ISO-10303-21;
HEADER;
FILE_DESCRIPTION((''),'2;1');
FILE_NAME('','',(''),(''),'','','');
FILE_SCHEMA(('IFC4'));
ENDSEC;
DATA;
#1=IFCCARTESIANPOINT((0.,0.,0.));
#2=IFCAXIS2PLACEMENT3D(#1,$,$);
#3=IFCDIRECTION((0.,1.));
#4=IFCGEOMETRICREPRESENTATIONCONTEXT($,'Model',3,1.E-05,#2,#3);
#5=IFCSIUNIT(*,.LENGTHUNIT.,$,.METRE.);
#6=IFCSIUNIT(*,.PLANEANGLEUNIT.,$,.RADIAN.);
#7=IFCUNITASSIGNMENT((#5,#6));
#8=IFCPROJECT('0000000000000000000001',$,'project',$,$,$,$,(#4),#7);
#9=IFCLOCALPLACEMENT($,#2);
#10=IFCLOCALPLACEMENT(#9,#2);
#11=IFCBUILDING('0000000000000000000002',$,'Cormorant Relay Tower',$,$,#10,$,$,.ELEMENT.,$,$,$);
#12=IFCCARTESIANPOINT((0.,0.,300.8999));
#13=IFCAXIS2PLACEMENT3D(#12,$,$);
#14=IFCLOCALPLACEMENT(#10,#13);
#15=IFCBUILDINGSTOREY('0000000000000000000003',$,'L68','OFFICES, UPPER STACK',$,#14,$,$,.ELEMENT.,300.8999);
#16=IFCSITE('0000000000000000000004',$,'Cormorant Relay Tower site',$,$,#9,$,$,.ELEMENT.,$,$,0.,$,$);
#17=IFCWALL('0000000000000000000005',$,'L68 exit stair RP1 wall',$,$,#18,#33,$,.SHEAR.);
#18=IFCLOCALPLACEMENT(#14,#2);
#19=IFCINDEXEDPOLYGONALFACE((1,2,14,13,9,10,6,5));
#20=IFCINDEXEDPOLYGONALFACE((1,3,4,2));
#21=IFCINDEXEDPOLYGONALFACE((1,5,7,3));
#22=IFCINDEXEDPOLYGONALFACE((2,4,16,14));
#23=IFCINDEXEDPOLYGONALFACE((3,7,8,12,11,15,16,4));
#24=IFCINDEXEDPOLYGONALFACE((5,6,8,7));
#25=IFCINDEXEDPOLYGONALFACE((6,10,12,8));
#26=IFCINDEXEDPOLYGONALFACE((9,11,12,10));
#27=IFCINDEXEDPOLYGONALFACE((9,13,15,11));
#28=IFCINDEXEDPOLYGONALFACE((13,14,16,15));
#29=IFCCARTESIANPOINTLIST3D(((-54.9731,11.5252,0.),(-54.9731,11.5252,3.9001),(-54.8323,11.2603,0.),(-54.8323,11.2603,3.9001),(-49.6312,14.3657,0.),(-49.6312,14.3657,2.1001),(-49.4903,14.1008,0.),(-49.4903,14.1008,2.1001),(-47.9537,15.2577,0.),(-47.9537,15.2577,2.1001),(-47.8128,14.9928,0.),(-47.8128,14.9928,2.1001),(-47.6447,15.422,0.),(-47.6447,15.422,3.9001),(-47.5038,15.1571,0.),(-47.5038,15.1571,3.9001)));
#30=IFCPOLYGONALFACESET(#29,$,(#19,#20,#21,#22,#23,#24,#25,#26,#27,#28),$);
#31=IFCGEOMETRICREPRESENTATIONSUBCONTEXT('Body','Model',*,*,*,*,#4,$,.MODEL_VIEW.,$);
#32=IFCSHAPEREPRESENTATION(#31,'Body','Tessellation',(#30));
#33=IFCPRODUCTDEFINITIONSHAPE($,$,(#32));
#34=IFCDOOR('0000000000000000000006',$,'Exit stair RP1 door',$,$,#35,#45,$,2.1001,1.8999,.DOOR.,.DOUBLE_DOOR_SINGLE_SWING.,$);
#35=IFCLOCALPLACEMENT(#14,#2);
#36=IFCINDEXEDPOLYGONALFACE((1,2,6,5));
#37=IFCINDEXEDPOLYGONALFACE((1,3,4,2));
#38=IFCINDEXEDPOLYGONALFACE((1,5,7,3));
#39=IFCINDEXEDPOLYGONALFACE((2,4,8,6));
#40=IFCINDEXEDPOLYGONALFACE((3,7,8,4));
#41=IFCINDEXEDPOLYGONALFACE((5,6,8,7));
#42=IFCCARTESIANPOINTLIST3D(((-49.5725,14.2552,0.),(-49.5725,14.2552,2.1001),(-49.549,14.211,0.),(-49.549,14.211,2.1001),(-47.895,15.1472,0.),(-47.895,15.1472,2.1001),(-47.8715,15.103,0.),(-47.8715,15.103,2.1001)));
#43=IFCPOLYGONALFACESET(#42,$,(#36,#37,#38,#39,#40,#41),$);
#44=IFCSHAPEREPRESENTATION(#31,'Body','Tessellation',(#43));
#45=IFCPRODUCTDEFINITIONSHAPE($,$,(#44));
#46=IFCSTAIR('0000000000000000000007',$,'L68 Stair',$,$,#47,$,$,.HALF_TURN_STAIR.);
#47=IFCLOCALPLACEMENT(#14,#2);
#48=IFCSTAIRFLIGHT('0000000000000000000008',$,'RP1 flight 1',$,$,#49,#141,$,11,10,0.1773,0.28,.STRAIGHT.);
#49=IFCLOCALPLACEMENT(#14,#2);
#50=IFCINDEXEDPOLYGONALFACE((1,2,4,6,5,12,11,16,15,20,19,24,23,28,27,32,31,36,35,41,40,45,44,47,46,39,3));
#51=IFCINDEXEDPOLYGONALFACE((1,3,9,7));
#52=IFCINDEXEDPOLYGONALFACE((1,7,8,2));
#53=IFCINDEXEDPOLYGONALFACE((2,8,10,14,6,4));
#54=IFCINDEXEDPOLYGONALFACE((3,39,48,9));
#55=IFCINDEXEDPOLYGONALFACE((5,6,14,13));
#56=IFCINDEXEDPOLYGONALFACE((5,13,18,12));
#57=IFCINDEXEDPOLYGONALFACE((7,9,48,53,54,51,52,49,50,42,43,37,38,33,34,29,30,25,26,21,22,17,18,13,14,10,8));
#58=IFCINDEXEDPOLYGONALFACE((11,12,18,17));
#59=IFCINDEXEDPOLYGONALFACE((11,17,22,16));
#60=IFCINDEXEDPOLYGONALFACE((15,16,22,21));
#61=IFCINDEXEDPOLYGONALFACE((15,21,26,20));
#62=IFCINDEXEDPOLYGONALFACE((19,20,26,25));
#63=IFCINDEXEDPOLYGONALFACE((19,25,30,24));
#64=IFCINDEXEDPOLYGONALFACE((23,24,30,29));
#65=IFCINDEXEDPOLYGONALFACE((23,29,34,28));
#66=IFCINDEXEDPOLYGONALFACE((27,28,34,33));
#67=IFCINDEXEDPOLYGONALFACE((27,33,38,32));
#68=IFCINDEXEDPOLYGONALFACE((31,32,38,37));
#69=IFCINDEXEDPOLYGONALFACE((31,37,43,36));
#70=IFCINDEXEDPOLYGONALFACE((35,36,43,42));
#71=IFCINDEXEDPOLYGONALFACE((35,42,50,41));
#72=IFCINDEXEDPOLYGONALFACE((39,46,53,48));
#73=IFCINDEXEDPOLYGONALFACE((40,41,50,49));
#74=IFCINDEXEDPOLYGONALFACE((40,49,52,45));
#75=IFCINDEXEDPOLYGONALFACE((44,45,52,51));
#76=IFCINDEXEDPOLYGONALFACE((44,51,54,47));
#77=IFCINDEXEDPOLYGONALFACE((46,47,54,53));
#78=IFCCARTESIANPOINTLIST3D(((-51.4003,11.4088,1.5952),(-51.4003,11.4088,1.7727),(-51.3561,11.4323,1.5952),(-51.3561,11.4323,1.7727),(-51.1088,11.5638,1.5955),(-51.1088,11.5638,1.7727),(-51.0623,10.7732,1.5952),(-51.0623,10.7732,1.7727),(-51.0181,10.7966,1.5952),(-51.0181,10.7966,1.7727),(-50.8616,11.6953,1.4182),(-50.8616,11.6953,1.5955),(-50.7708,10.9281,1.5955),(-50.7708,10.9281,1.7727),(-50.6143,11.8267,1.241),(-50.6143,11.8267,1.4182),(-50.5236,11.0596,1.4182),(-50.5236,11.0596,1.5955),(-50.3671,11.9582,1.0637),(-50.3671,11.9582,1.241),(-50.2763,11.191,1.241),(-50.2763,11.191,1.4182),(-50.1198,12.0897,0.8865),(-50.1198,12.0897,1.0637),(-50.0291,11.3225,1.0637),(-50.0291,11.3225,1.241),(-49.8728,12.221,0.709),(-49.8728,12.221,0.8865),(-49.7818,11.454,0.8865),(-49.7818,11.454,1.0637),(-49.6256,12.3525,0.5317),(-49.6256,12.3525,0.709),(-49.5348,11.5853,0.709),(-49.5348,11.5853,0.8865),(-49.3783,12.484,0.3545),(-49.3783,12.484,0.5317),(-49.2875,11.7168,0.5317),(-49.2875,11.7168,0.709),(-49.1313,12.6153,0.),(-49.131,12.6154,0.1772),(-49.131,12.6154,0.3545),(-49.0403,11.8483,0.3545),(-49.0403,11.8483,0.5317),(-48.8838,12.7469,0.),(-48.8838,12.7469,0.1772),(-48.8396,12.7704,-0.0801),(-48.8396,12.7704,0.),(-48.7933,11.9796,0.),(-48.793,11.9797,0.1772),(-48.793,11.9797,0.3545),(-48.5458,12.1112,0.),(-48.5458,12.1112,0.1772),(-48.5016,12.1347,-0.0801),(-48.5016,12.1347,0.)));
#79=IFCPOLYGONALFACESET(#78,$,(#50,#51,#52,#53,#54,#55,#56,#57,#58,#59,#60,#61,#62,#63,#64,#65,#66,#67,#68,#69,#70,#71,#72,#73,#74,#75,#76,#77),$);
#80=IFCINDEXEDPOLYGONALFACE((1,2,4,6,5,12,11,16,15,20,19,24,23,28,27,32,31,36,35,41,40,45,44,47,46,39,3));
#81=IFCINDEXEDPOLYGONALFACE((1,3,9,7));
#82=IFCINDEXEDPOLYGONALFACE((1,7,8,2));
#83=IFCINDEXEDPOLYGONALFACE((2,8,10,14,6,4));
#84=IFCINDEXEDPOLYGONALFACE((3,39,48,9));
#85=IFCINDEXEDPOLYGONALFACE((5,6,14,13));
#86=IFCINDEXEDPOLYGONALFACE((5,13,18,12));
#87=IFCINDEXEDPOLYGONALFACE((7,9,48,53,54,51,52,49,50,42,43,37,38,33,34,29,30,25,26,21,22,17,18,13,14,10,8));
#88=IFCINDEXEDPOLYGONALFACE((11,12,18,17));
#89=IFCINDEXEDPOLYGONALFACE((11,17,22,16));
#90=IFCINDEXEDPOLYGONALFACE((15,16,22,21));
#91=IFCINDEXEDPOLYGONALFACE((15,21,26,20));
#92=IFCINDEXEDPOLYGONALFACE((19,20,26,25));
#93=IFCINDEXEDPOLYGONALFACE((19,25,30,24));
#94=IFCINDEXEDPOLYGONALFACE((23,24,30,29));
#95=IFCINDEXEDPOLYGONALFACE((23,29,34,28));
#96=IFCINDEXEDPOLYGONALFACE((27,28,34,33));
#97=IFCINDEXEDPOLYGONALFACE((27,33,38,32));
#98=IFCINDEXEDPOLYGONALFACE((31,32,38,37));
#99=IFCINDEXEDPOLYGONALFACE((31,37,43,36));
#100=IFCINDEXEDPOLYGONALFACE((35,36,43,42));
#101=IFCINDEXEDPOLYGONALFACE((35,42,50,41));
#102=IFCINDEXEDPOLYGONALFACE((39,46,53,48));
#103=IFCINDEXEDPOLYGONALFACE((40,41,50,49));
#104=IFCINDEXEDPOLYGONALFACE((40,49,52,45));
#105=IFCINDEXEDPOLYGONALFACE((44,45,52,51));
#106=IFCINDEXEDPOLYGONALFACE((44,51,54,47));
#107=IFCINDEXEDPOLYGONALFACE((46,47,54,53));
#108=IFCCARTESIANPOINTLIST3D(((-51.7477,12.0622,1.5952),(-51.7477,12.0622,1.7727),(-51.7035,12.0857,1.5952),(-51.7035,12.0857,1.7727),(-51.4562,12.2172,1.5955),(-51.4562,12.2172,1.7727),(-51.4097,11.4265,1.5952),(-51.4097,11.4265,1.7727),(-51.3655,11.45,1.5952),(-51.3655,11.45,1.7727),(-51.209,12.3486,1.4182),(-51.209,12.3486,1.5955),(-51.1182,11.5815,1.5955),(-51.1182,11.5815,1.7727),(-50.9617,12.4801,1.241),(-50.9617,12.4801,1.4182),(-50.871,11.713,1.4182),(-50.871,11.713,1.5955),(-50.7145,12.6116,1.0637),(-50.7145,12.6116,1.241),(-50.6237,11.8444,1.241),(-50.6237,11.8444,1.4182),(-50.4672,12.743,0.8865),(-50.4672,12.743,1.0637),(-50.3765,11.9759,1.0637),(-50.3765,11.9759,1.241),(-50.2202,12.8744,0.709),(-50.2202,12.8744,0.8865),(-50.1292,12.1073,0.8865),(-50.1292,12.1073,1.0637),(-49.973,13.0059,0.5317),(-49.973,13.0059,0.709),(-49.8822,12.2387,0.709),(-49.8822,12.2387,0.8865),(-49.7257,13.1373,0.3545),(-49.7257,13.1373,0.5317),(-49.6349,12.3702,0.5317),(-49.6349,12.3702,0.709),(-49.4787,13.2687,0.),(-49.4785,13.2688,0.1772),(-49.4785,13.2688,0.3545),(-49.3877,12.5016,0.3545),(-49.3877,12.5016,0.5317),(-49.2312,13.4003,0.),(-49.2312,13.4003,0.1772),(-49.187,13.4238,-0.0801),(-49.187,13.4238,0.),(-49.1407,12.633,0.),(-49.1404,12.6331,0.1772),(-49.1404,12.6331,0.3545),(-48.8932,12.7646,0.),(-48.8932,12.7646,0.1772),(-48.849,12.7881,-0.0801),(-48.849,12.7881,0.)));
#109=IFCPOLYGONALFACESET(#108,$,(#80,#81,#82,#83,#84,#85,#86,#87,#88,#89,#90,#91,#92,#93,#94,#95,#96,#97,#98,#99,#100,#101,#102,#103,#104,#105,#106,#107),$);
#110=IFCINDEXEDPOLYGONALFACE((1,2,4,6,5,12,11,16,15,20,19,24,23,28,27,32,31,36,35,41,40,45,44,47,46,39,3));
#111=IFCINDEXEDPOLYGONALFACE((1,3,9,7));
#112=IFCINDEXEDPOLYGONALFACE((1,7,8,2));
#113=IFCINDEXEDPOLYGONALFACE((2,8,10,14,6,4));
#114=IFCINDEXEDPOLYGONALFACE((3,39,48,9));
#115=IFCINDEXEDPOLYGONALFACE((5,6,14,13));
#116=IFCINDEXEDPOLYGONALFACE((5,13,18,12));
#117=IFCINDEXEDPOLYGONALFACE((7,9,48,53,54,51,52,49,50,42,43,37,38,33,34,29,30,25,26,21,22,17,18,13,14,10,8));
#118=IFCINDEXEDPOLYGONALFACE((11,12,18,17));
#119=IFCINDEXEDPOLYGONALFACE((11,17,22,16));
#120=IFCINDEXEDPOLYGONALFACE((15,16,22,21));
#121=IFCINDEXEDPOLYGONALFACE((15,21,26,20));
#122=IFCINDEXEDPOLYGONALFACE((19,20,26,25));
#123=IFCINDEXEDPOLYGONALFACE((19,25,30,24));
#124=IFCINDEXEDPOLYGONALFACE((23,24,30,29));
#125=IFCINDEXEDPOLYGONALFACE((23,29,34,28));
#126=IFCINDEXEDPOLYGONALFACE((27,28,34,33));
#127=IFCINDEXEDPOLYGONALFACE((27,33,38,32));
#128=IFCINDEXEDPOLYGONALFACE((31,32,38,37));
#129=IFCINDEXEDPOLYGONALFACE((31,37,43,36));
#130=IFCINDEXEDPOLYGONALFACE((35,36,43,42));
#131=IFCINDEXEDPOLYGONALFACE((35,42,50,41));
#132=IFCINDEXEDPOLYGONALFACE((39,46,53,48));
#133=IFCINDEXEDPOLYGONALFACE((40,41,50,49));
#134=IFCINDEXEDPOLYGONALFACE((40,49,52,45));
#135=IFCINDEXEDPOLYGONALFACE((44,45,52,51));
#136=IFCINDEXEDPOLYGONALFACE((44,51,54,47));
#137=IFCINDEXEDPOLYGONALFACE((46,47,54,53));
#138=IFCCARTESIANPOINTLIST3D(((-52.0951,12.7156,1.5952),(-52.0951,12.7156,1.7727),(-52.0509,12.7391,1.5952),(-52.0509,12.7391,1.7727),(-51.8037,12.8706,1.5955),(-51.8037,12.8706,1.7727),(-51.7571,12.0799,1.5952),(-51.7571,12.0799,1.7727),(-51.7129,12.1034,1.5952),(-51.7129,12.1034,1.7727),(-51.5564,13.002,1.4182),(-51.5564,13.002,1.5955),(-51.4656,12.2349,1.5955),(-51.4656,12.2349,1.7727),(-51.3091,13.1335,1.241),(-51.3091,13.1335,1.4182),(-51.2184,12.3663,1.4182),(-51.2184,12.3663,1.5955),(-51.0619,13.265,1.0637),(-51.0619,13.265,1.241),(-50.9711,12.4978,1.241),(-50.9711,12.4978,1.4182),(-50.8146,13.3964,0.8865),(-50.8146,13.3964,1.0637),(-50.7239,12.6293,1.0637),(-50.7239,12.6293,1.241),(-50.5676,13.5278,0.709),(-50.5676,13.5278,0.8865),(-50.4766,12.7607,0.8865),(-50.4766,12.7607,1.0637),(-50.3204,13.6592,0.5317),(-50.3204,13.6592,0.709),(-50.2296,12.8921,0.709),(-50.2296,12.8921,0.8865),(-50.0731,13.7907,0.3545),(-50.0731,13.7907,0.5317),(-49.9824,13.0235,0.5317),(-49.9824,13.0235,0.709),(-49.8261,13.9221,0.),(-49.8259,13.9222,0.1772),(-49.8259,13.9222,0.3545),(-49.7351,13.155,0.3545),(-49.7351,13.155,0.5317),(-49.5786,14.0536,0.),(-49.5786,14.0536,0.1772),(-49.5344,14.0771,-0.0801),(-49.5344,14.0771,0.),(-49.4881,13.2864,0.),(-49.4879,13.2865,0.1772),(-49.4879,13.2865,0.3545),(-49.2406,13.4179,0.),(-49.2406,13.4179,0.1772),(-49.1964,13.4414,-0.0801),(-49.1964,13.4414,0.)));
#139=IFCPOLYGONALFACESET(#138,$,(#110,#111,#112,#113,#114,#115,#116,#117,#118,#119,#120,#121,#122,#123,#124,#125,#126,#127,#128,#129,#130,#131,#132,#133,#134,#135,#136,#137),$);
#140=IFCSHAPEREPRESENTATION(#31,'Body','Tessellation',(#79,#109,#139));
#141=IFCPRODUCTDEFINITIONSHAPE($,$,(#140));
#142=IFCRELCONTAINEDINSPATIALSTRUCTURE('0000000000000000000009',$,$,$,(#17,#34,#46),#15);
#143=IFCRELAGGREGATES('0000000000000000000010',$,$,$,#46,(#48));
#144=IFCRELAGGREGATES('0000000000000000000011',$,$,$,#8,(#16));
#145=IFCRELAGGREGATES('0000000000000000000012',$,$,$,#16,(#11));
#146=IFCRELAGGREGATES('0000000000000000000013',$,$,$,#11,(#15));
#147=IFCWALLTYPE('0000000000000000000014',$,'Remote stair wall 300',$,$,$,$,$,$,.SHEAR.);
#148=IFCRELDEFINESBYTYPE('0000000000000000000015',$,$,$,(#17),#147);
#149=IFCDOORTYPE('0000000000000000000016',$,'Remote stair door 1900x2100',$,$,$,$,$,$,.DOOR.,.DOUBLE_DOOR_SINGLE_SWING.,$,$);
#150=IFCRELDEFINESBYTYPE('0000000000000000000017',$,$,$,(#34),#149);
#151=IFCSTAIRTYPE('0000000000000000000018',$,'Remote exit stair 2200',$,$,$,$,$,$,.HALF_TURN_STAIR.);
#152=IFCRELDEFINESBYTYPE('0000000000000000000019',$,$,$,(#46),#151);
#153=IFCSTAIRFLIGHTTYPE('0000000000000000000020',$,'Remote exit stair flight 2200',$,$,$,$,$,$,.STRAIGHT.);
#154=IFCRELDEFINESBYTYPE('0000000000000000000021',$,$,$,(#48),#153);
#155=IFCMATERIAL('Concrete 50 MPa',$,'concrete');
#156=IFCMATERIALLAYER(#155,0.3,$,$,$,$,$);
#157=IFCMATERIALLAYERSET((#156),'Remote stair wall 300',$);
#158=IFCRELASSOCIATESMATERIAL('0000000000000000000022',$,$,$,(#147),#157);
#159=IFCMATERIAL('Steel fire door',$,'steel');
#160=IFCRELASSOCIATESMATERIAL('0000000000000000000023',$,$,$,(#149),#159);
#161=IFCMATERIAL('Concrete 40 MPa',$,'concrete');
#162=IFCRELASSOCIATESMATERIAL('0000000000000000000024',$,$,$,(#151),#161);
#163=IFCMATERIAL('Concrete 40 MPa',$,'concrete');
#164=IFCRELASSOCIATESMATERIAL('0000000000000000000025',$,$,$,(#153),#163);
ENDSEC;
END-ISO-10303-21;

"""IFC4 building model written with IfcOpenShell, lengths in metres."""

from ifc_helpers import new_model, si_unit, direction, frame, frame_2d, origin, place, context, subcontext, project, spatial, polyline, rectangle, outline, extrude, material, layer, layer_set, type_object, element, fill, aggregate, save


model = new_model("IFC4")

# Units and contexts
model_context = context("Model", 3, precision=1e-05, world=origin(), true_north=direction((0.0, 1.0)))
body_context = subcontext(model_context, "Body", "Model", "MODEL_VIEW")
ifc_project = project(units=[si_unit("LENGTHUNIT", "METRE"), si_unit("PLANEANGLEUNIT", "RADIAN")], contexts=[model_context])

# Site, building, storey
site_placement = place(None, origin())
site = spatial("IfcSite", under=ifc_project, at=site_placement, Name="Cormorant Relay Tower site", CompositionType="ELEMENT", RefElevation=0.0)
building_placement = place(site_placement, origin())
building = spatial("IfcBuilding", under=site, at=building_placement, Name="Cormorant Relay Tower", CompositionType="ELEMENT")
storey_placement = place(building_placement, frame((0.0, 0.0, 300.8999)))
storey = spatial("IfcBuildingStorey", under=building, at=storey_placement, Name="L68", Description="OFFICES, UPPER STACK", CompositionType="ELEMENT", Elevation=300.8999)

# Shared definitions
ifc_material_1 = material(Name="Concrete 50 MPa", Category="concrete")
ifc_layer_1 = layer(ifc_material_1, 0.3)
ifc_layer_set_1 = layer_set([ifc_layer_1], Name="Remote stair wall 300")
wall_type_1 = type_object("IfcWallType", Name="Remote stair wall 300", PredefinedType="SHEAR", material=ifc_layer_set_1)

# Wall, opening, door
wall_1_placement = place(storey_placement, frame((-54.9026, 11.3928, 0.0), z_axis=(0.0, 0.0, 1.0), x_axis=(0.882939, 0.469487, 0.0)))
wall_1 = element("IfcWall", 1, at=wall_1_placement, inside=storey, type_object=wall_type_1, Name="L68 exit stair RP1 wall", PredefinedType="SHEAR", context=body_context, shape_type="SweptSolid", body=[
    extrude(rectangle(XDim=8.3, YDim=0.3, at=frame_2d((4.1499, 0.0))), origin(), (0.0, 0.0, 1.0), 3.9001),
])
opening_1_placement = place(wall_1_placement, frame((6.05, 0.0, 0.0)))
opening_1 = element("IfcOpeningElement", 2, at=opening_1_placement, cuts=wall_1, PredefinedType="OPENING", context=body_context, shape_type="SweptSolid", body=[
    extrude(rectangle(XDim=1.8999, YDim=2.1001, at=frame_2d((0.95, 1.05))), frame((0.0, 0.1599, 0.0), z_axis=(0.0, -1.0, 0.0), x_axis=(1.0, 0.0, 0.0)), (0.0, 0.0, 1.0), 0.3201),
])
ifc_material_2 = material(Name="Steel fire door", Category="steel")
door_type_1 = type_object("IfcDoorType", Name="Remote stair door 1900x2100", OperationType="DOUBLE_DOOR_SINGLE_SWING", PredefinedType="DOOR", material=ifc_material_2)
door_1_placement = place(opening_1_placement, origin())
door_1 = element("IfcDoor", 3, at=door_1_placement, inside=storey, type_object=door_type_1, Name="Exit stair RP1 door", OperationType="DOUBLE_DOOR_SINGLE_SWING", OverallHeight=2.1001, OverallWidth=1.8999, PredefinedType="DOOR", context=body_context, shape_type="SweptSolid", body=[
    extrude(rectangle(XDim=1.8999, YDim=2.1001, at=frame_2d((0.95, 1.05))), frame((0.0, 0.0249, 0.0), z_axis=(0.0, -1.0, 0.0), x_axis=(1.0, 0.0, 0.0)), (0.0, 0.0, 1.0), 0.05),
])
fill(opening_1, door_1)

# Stair, stair flight
ifc_material_3 = material(Name="Concrete 40 MPa", Category="concrete")
stair_type = type_object("IfcStairType", Name="Remote exit stair 2200", PredefinedType="HALF_TURN_STAIR", material=ifc_material_3)
stair_placement = place(storey_placement, origin())
stair = element("IfcStair", 4, at=stair_placement, inside=storey, type_object=stair_type, Name="L68 Stair", PredefinedType="HALF_TURN_STAIR")
ifc_material_4 = material(Name="Concrete 40 MPa", Category="concrete")
stair_flight_type = type_object("IfcStairFlightType", Name="Remote exit stair flight 2200", PredefinedType="STRAIGHT", material=ifc_material_4)
stair_flight_1_placement = place(storey_placement, frame((-49.0623, 13.0825, 0.0), z_axis=(0.0, 0.0, 1.0), x_axis=(-0.882948, -0.469472, 0.0)))
stair_flight_1 = element("IfcStairFlight", 5, at=stair_flight_1_placement, type_object=stair_flight_type, Name="RP1 flight 1", NumberOfRisers=11, NumberOfTreads=10, PredefinedType="STRAIGHT", RiserHeight=0.1773, TreadLength=0.28, context=body_context, shape_type="SweptSolid", body=[
    extrude(outline(polyline([(-0.05, -0.0801), (-0.05, 0.0), (0.0, 0.0), (0.0, 0.1772), (0.28, 0.1772), (0.28, 0.3545), (0.5601, 0.3545), (0.5601, 0.5317), (0.8401, 0.5317), (0.8401, 0.709), (1.1201, 0.709), (1.1201, 0.8865), (1.3999, 0.8865), (1.3999, 1.0637), (1.6799, 1.0637), (1.6799, 1.241), (1.96, 1.241), (1.96, 1.4182), (2.24, 1.4182), (2.24, 1.5955), (2.52, 1.5955), (2.52, 1.7727), (2.8, 1.7727), (2.8501, 1.7727), (2.8501, 1.5952), (2.8, 1.5952), (0.2803, 0.0), (-0.05, -0.0801)])), frame((0.0, 1.1001, 0.0), z_axis=(0.0, -1.0, 0.0), x_axis=(1.0, 0.0, 0.0)), (0.0, 0.0, 1.0), 0.72),
    extrude(outline(polyline([(-0.05, -0.0801), (-0.05, 0.0), (0.0, 0.0), (0.0, 0.1772), (0.28, 0.1772), (0.28, 0.3545), (0.5601, 0.3545), (0.5601, 0.5317), (0.8401, 0.5317), (0.8401, 0.709), (1.1201, 0.709), (1.1201, 0.8865), (1.3999, 0.8865), (1.3999, 1.0637), (1.6799, 1.0637), (1.6799, 1.241), (1.96, 1.241), (1.96, 1.4182), (2.24, 1.4182), (2.24, 1.5955), (2.52, 1.5955), (2.52, 1.7727), (2.8, 1.7727), (2.8501, 1.7727), (2.8501, 1.5952), (2.8, 1.5952), (0.2803, 0.0), (-0.05, -0.0801)])), frame((0.0, 0.3601, 0.0), z_axis=(0.0, -1.0, 0.0), x_axis=(1.0, 0.0, 0.0)), (0.0, 0.0, 1.0), 0.72),
    extrude(outline(polyline([(-0.05, -0.0801), (-0.05, 0.0), (0.0, 0.0), (0.0, 0.1772), (0.28, 0.1772), (0.28, 0.3545), (0.5601, 0.3545), (0.5601, 0.5317), (0.8401, 0.5317), (0.8401, 0.709), (1.1201, 0.709), (1.1201, 0.8865), (1.3999, 0.8865), (1.3999, 1.0637), (1.6799, 1.0637), (1.6799, 1.241), (1.96, 1.241), (1.96, 1.4182), (2.24, 1.4182), (2.24, 1.5955), (2.52, 1.5955), (2.52, 1.7727), (2.8, 1.7727), (2.8501, 1.7727), (2.8501, 1.5952), (2.8, 1.5952), (0.2803, 0.0), (-0.05, -0.0801)])), frame((0.0, -0.3799, 0.0), z_axis=(0.0, -1.0, 0.0), x_axis=(1.0, 0.0, 0.0)), (0.0, 0.0, 1.0), 0.72),
])
aggregate(stair, [stair_flight_1])

save(model, "model.ifc")
